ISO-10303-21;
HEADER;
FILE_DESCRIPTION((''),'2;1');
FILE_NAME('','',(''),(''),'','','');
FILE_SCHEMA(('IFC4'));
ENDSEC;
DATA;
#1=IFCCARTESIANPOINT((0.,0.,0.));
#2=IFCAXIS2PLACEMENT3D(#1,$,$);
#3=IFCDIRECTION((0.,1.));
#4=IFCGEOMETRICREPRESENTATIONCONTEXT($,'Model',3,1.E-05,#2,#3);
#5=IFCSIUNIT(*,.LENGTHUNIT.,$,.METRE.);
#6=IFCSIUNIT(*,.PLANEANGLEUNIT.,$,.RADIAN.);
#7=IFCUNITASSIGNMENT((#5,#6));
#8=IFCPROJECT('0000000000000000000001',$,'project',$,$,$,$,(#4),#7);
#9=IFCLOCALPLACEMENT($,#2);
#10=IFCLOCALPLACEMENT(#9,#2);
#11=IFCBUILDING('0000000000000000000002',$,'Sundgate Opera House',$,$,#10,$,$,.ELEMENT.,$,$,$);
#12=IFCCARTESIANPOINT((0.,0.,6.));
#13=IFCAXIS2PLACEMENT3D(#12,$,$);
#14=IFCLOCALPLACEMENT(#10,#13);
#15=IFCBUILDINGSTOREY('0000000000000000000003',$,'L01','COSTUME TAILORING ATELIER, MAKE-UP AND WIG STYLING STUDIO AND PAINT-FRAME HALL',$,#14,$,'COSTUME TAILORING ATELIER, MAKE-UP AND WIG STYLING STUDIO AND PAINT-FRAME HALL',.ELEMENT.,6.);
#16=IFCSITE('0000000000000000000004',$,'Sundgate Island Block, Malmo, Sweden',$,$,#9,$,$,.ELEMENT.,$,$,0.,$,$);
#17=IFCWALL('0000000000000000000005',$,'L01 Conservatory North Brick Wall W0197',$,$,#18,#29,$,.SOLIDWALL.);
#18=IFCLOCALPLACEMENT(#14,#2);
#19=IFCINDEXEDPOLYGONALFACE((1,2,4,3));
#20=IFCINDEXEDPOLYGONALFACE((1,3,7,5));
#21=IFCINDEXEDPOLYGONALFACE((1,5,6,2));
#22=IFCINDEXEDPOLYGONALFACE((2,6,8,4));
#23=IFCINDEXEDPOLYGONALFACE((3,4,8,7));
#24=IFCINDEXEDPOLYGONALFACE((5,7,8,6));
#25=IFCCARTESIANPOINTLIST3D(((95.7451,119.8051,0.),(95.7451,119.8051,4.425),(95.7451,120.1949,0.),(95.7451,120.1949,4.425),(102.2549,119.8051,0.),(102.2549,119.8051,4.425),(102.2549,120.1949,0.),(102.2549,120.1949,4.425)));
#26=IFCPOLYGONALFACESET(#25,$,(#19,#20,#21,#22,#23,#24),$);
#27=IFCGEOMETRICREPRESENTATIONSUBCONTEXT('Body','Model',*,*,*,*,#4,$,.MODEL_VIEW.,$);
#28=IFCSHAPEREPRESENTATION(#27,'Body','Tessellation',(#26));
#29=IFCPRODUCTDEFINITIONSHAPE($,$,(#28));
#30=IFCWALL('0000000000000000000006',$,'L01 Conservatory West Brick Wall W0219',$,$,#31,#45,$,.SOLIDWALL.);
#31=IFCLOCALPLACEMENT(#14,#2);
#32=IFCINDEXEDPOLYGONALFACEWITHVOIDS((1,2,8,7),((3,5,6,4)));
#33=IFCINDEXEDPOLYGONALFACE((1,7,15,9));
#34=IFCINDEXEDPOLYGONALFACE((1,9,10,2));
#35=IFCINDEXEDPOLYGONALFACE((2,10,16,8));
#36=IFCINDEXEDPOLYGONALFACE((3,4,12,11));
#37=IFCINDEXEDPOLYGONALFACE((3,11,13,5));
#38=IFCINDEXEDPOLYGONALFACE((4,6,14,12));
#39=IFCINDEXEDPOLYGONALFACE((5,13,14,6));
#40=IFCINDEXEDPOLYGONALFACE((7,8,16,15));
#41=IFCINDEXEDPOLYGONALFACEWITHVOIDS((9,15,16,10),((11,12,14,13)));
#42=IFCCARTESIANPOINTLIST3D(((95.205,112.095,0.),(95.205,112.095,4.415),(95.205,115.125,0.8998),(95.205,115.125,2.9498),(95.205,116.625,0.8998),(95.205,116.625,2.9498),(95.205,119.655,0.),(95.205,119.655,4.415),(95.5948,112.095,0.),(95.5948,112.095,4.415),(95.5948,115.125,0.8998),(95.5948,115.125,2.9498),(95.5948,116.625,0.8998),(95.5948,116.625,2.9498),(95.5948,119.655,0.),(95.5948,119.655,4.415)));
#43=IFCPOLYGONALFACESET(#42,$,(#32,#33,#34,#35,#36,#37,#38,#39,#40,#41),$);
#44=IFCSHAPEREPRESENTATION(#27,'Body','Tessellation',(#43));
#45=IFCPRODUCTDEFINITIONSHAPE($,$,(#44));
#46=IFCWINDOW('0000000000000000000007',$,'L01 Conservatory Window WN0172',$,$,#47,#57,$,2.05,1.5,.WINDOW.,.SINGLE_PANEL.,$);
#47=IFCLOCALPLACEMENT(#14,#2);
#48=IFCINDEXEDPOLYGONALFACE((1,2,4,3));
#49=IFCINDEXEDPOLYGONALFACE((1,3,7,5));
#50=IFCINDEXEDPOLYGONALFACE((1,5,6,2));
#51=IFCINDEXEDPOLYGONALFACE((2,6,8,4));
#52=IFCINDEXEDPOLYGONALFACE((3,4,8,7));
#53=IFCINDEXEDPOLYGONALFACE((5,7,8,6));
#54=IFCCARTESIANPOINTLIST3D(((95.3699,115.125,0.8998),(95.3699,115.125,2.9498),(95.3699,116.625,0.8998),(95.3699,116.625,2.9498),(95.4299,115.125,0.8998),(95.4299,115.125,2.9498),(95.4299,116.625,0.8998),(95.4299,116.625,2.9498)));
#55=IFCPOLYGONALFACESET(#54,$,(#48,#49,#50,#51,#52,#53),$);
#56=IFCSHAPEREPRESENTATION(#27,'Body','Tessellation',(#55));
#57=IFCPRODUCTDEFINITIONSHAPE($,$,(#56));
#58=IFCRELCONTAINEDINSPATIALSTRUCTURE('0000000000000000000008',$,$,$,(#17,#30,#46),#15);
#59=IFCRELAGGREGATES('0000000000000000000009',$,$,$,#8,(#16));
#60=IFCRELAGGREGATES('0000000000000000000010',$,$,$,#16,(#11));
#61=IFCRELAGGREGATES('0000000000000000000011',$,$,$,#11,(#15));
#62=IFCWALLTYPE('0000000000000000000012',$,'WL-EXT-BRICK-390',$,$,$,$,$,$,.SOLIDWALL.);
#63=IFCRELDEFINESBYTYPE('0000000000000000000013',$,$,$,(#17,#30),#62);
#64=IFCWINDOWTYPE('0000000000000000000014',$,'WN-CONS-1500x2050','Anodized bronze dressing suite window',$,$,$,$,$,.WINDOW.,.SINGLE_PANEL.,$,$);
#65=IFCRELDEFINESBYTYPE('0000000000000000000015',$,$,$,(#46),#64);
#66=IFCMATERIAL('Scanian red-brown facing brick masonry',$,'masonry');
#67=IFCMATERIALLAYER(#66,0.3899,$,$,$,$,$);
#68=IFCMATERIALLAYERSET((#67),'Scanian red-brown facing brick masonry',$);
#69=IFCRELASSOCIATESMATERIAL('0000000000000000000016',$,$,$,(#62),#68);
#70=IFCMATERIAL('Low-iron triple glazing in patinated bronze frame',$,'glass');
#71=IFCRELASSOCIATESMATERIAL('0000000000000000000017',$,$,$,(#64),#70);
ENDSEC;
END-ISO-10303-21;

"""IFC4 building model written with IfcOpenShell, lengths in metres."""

from ifc_helpers import new_model, si_unit, direction, frame, frame_2d, origin, place, context, subcontext, project, spatial, rectangle, extrude, material, layer, layer_set, type_object, element, fill, save


model = new_model("IFC4")

# Units and contexts
model_context = context("Model", 3, precision=1e-05, world=origin(), true_north=direction((0.0, 1.0)))
body_context = subcontext(model_context, "Body", "Model", "MODEL_VIEW")
ifc_project = project(units=[si_unit("LENGTHUNIT", "METRE"), si_unit("PLANEANGLEUNIT", "RADIAN")], contexts=[model_context])

# Site, building, storey
site_placement = place(None, origin())
site = spatial("IfcSite", under=ifc_project, at=site_placement, Name="Sundgate Island Block, Malmo, Sweden", CompositionType="ELEMENT", RefElevation=0.0)
building_placement = place(site_placement, origin())
building = spatial("IfcBuilding", under=site, at=building_placement, Name="Sundgate Opera House", CompositionType="ELEMENT")
storey_placement = place(building_placement, frame((0.0, 0.0, 6.0)))
storey = spatial("IfcBuildingStorey", under=building, at=storey_placement, Name="L01", Description="COSTUME TAILORING ATELIER, MAKE-UP AND WIG STYLING STUDIO AND PAINT-FRAME HALL", LongName="COSTUME TAILORING ATELIER, MAKE-UP AND WIG STYLING STUDIO AND PAINT-FRAME HALL", CompositionType="ELEMENT", Elevation=6.0)

# Wall
ifc_material_1 = material(Name="Scanian red-brown facing brick masonry", Category="masonry")
ifc_layer_1 = layer(ifc_material_1, 0.3899)
ifc_layer_set_1 = layer_set([ifc_layer_1], Name="Scanian red-brown facing brick masonry")
wall_type = type_object("IfcWallType", Name="WL-EXT-BRICK-390", PredefinedType="SOLIDWALL", material=ifc_layer_set_1)
wall_1_placement = place(storey_placement, frame((95.7451, 120.0, 0.0), z_axis=(0.0, 0.0, 1.0), x_axis=(1.0, 0.0, 0.0)))
element("IfcWall", 1, at=wall_1_placement, inside=storey, type_object=wall_type, Name="L01 Conservatory North Brick Wall W0197", PredefinedType="SOLIDWALL", context=body_context, shape_type="SweptSolid", body=[
    extrude(rectangle(XDim=6.5098, YDim=0.3899, at=frame_2d((3.2549, 0.0))), origin(), (0.0, 0.0, 1.0), 4.425),
])

# Wall, opening, window
wall_2_placement = place(storey_placement, frame((95.3999, 119.655, 0.0), z_axis=(0.0, 0.0, 1.0), x_axis=(0.0, -1.0, 0.0)))
wall_2 = element("IfcWall", 2, at=wall_2_placement, inside=storey, type_object=wall_type, Name="L01 Conservatory West Brick Wall W0219", PredefinedType="SOLIDWALL", context=body_context, shape_type="SweptSolid", body=[
    extrude(rectangle(XDim=7.5601, YDim=0.3899, at=frame_2d((3.78, 0.0))), origin(), (0.0, 0.0, 1.0), 4.415),
])
opening_placement = place(wall_2_placement, frame((3.03, 0.0, 0.8999)))
opening = element("IfcOpeningElement", 3, at=opening_placement, cuts=wall_2, PredefinedType="OPENING", context=body_context, shape_type="SweptSolid", body=[
    extrude(rectangle(XDim=1.5, YDim=2.05, at=frame_2d((0.75, 1.0249))), frame((0.0, 0.2048, 0.0), z_axis=(0.0, -1.0, 0.0), x_axis=(1.0, 0.0, 0.0)), (0.0, 0.0, 1.0), 0.4099),
])
ifc_material_2 = material(Name="Low-iron triple glazing in patinated bronze frame", Category="glass")
window_type = type_object("IfcWindowType", Name="WN-CONS-1500x2050", Description="Anodized bronze dressing suite window", PartitioningType="SINGLE_PANEL", PredefinedType="WINDOW", material=ifc_material_2)
window_placement = place(opening_placement, origin())
window = element("IfcWindow", 4, at=window_placement, inside=storey, type_object=window_type, Name="L01 Conservatory Window WN0172", OverallHeight=2.05, OverallWidth=1.5, PartitioningType="SINGLE_PANEL", PredefinedType="WINDOW", context=body_context, shape_type="SweptSolid", body=[
    extrude(rectangle(XDim=1.5, YDim=2.05, at=frame_2d((0.75, 1.0249))), frame((0.0, 0.03, 0.0), z_axis=(0.0, -1.0, 0.0), x_axis=(1.0, 0.0, 0.0)), (0.0, 0.0, 1.0), 0.0601),
])
fill(opening, window)

save(model, "model.ifc")
